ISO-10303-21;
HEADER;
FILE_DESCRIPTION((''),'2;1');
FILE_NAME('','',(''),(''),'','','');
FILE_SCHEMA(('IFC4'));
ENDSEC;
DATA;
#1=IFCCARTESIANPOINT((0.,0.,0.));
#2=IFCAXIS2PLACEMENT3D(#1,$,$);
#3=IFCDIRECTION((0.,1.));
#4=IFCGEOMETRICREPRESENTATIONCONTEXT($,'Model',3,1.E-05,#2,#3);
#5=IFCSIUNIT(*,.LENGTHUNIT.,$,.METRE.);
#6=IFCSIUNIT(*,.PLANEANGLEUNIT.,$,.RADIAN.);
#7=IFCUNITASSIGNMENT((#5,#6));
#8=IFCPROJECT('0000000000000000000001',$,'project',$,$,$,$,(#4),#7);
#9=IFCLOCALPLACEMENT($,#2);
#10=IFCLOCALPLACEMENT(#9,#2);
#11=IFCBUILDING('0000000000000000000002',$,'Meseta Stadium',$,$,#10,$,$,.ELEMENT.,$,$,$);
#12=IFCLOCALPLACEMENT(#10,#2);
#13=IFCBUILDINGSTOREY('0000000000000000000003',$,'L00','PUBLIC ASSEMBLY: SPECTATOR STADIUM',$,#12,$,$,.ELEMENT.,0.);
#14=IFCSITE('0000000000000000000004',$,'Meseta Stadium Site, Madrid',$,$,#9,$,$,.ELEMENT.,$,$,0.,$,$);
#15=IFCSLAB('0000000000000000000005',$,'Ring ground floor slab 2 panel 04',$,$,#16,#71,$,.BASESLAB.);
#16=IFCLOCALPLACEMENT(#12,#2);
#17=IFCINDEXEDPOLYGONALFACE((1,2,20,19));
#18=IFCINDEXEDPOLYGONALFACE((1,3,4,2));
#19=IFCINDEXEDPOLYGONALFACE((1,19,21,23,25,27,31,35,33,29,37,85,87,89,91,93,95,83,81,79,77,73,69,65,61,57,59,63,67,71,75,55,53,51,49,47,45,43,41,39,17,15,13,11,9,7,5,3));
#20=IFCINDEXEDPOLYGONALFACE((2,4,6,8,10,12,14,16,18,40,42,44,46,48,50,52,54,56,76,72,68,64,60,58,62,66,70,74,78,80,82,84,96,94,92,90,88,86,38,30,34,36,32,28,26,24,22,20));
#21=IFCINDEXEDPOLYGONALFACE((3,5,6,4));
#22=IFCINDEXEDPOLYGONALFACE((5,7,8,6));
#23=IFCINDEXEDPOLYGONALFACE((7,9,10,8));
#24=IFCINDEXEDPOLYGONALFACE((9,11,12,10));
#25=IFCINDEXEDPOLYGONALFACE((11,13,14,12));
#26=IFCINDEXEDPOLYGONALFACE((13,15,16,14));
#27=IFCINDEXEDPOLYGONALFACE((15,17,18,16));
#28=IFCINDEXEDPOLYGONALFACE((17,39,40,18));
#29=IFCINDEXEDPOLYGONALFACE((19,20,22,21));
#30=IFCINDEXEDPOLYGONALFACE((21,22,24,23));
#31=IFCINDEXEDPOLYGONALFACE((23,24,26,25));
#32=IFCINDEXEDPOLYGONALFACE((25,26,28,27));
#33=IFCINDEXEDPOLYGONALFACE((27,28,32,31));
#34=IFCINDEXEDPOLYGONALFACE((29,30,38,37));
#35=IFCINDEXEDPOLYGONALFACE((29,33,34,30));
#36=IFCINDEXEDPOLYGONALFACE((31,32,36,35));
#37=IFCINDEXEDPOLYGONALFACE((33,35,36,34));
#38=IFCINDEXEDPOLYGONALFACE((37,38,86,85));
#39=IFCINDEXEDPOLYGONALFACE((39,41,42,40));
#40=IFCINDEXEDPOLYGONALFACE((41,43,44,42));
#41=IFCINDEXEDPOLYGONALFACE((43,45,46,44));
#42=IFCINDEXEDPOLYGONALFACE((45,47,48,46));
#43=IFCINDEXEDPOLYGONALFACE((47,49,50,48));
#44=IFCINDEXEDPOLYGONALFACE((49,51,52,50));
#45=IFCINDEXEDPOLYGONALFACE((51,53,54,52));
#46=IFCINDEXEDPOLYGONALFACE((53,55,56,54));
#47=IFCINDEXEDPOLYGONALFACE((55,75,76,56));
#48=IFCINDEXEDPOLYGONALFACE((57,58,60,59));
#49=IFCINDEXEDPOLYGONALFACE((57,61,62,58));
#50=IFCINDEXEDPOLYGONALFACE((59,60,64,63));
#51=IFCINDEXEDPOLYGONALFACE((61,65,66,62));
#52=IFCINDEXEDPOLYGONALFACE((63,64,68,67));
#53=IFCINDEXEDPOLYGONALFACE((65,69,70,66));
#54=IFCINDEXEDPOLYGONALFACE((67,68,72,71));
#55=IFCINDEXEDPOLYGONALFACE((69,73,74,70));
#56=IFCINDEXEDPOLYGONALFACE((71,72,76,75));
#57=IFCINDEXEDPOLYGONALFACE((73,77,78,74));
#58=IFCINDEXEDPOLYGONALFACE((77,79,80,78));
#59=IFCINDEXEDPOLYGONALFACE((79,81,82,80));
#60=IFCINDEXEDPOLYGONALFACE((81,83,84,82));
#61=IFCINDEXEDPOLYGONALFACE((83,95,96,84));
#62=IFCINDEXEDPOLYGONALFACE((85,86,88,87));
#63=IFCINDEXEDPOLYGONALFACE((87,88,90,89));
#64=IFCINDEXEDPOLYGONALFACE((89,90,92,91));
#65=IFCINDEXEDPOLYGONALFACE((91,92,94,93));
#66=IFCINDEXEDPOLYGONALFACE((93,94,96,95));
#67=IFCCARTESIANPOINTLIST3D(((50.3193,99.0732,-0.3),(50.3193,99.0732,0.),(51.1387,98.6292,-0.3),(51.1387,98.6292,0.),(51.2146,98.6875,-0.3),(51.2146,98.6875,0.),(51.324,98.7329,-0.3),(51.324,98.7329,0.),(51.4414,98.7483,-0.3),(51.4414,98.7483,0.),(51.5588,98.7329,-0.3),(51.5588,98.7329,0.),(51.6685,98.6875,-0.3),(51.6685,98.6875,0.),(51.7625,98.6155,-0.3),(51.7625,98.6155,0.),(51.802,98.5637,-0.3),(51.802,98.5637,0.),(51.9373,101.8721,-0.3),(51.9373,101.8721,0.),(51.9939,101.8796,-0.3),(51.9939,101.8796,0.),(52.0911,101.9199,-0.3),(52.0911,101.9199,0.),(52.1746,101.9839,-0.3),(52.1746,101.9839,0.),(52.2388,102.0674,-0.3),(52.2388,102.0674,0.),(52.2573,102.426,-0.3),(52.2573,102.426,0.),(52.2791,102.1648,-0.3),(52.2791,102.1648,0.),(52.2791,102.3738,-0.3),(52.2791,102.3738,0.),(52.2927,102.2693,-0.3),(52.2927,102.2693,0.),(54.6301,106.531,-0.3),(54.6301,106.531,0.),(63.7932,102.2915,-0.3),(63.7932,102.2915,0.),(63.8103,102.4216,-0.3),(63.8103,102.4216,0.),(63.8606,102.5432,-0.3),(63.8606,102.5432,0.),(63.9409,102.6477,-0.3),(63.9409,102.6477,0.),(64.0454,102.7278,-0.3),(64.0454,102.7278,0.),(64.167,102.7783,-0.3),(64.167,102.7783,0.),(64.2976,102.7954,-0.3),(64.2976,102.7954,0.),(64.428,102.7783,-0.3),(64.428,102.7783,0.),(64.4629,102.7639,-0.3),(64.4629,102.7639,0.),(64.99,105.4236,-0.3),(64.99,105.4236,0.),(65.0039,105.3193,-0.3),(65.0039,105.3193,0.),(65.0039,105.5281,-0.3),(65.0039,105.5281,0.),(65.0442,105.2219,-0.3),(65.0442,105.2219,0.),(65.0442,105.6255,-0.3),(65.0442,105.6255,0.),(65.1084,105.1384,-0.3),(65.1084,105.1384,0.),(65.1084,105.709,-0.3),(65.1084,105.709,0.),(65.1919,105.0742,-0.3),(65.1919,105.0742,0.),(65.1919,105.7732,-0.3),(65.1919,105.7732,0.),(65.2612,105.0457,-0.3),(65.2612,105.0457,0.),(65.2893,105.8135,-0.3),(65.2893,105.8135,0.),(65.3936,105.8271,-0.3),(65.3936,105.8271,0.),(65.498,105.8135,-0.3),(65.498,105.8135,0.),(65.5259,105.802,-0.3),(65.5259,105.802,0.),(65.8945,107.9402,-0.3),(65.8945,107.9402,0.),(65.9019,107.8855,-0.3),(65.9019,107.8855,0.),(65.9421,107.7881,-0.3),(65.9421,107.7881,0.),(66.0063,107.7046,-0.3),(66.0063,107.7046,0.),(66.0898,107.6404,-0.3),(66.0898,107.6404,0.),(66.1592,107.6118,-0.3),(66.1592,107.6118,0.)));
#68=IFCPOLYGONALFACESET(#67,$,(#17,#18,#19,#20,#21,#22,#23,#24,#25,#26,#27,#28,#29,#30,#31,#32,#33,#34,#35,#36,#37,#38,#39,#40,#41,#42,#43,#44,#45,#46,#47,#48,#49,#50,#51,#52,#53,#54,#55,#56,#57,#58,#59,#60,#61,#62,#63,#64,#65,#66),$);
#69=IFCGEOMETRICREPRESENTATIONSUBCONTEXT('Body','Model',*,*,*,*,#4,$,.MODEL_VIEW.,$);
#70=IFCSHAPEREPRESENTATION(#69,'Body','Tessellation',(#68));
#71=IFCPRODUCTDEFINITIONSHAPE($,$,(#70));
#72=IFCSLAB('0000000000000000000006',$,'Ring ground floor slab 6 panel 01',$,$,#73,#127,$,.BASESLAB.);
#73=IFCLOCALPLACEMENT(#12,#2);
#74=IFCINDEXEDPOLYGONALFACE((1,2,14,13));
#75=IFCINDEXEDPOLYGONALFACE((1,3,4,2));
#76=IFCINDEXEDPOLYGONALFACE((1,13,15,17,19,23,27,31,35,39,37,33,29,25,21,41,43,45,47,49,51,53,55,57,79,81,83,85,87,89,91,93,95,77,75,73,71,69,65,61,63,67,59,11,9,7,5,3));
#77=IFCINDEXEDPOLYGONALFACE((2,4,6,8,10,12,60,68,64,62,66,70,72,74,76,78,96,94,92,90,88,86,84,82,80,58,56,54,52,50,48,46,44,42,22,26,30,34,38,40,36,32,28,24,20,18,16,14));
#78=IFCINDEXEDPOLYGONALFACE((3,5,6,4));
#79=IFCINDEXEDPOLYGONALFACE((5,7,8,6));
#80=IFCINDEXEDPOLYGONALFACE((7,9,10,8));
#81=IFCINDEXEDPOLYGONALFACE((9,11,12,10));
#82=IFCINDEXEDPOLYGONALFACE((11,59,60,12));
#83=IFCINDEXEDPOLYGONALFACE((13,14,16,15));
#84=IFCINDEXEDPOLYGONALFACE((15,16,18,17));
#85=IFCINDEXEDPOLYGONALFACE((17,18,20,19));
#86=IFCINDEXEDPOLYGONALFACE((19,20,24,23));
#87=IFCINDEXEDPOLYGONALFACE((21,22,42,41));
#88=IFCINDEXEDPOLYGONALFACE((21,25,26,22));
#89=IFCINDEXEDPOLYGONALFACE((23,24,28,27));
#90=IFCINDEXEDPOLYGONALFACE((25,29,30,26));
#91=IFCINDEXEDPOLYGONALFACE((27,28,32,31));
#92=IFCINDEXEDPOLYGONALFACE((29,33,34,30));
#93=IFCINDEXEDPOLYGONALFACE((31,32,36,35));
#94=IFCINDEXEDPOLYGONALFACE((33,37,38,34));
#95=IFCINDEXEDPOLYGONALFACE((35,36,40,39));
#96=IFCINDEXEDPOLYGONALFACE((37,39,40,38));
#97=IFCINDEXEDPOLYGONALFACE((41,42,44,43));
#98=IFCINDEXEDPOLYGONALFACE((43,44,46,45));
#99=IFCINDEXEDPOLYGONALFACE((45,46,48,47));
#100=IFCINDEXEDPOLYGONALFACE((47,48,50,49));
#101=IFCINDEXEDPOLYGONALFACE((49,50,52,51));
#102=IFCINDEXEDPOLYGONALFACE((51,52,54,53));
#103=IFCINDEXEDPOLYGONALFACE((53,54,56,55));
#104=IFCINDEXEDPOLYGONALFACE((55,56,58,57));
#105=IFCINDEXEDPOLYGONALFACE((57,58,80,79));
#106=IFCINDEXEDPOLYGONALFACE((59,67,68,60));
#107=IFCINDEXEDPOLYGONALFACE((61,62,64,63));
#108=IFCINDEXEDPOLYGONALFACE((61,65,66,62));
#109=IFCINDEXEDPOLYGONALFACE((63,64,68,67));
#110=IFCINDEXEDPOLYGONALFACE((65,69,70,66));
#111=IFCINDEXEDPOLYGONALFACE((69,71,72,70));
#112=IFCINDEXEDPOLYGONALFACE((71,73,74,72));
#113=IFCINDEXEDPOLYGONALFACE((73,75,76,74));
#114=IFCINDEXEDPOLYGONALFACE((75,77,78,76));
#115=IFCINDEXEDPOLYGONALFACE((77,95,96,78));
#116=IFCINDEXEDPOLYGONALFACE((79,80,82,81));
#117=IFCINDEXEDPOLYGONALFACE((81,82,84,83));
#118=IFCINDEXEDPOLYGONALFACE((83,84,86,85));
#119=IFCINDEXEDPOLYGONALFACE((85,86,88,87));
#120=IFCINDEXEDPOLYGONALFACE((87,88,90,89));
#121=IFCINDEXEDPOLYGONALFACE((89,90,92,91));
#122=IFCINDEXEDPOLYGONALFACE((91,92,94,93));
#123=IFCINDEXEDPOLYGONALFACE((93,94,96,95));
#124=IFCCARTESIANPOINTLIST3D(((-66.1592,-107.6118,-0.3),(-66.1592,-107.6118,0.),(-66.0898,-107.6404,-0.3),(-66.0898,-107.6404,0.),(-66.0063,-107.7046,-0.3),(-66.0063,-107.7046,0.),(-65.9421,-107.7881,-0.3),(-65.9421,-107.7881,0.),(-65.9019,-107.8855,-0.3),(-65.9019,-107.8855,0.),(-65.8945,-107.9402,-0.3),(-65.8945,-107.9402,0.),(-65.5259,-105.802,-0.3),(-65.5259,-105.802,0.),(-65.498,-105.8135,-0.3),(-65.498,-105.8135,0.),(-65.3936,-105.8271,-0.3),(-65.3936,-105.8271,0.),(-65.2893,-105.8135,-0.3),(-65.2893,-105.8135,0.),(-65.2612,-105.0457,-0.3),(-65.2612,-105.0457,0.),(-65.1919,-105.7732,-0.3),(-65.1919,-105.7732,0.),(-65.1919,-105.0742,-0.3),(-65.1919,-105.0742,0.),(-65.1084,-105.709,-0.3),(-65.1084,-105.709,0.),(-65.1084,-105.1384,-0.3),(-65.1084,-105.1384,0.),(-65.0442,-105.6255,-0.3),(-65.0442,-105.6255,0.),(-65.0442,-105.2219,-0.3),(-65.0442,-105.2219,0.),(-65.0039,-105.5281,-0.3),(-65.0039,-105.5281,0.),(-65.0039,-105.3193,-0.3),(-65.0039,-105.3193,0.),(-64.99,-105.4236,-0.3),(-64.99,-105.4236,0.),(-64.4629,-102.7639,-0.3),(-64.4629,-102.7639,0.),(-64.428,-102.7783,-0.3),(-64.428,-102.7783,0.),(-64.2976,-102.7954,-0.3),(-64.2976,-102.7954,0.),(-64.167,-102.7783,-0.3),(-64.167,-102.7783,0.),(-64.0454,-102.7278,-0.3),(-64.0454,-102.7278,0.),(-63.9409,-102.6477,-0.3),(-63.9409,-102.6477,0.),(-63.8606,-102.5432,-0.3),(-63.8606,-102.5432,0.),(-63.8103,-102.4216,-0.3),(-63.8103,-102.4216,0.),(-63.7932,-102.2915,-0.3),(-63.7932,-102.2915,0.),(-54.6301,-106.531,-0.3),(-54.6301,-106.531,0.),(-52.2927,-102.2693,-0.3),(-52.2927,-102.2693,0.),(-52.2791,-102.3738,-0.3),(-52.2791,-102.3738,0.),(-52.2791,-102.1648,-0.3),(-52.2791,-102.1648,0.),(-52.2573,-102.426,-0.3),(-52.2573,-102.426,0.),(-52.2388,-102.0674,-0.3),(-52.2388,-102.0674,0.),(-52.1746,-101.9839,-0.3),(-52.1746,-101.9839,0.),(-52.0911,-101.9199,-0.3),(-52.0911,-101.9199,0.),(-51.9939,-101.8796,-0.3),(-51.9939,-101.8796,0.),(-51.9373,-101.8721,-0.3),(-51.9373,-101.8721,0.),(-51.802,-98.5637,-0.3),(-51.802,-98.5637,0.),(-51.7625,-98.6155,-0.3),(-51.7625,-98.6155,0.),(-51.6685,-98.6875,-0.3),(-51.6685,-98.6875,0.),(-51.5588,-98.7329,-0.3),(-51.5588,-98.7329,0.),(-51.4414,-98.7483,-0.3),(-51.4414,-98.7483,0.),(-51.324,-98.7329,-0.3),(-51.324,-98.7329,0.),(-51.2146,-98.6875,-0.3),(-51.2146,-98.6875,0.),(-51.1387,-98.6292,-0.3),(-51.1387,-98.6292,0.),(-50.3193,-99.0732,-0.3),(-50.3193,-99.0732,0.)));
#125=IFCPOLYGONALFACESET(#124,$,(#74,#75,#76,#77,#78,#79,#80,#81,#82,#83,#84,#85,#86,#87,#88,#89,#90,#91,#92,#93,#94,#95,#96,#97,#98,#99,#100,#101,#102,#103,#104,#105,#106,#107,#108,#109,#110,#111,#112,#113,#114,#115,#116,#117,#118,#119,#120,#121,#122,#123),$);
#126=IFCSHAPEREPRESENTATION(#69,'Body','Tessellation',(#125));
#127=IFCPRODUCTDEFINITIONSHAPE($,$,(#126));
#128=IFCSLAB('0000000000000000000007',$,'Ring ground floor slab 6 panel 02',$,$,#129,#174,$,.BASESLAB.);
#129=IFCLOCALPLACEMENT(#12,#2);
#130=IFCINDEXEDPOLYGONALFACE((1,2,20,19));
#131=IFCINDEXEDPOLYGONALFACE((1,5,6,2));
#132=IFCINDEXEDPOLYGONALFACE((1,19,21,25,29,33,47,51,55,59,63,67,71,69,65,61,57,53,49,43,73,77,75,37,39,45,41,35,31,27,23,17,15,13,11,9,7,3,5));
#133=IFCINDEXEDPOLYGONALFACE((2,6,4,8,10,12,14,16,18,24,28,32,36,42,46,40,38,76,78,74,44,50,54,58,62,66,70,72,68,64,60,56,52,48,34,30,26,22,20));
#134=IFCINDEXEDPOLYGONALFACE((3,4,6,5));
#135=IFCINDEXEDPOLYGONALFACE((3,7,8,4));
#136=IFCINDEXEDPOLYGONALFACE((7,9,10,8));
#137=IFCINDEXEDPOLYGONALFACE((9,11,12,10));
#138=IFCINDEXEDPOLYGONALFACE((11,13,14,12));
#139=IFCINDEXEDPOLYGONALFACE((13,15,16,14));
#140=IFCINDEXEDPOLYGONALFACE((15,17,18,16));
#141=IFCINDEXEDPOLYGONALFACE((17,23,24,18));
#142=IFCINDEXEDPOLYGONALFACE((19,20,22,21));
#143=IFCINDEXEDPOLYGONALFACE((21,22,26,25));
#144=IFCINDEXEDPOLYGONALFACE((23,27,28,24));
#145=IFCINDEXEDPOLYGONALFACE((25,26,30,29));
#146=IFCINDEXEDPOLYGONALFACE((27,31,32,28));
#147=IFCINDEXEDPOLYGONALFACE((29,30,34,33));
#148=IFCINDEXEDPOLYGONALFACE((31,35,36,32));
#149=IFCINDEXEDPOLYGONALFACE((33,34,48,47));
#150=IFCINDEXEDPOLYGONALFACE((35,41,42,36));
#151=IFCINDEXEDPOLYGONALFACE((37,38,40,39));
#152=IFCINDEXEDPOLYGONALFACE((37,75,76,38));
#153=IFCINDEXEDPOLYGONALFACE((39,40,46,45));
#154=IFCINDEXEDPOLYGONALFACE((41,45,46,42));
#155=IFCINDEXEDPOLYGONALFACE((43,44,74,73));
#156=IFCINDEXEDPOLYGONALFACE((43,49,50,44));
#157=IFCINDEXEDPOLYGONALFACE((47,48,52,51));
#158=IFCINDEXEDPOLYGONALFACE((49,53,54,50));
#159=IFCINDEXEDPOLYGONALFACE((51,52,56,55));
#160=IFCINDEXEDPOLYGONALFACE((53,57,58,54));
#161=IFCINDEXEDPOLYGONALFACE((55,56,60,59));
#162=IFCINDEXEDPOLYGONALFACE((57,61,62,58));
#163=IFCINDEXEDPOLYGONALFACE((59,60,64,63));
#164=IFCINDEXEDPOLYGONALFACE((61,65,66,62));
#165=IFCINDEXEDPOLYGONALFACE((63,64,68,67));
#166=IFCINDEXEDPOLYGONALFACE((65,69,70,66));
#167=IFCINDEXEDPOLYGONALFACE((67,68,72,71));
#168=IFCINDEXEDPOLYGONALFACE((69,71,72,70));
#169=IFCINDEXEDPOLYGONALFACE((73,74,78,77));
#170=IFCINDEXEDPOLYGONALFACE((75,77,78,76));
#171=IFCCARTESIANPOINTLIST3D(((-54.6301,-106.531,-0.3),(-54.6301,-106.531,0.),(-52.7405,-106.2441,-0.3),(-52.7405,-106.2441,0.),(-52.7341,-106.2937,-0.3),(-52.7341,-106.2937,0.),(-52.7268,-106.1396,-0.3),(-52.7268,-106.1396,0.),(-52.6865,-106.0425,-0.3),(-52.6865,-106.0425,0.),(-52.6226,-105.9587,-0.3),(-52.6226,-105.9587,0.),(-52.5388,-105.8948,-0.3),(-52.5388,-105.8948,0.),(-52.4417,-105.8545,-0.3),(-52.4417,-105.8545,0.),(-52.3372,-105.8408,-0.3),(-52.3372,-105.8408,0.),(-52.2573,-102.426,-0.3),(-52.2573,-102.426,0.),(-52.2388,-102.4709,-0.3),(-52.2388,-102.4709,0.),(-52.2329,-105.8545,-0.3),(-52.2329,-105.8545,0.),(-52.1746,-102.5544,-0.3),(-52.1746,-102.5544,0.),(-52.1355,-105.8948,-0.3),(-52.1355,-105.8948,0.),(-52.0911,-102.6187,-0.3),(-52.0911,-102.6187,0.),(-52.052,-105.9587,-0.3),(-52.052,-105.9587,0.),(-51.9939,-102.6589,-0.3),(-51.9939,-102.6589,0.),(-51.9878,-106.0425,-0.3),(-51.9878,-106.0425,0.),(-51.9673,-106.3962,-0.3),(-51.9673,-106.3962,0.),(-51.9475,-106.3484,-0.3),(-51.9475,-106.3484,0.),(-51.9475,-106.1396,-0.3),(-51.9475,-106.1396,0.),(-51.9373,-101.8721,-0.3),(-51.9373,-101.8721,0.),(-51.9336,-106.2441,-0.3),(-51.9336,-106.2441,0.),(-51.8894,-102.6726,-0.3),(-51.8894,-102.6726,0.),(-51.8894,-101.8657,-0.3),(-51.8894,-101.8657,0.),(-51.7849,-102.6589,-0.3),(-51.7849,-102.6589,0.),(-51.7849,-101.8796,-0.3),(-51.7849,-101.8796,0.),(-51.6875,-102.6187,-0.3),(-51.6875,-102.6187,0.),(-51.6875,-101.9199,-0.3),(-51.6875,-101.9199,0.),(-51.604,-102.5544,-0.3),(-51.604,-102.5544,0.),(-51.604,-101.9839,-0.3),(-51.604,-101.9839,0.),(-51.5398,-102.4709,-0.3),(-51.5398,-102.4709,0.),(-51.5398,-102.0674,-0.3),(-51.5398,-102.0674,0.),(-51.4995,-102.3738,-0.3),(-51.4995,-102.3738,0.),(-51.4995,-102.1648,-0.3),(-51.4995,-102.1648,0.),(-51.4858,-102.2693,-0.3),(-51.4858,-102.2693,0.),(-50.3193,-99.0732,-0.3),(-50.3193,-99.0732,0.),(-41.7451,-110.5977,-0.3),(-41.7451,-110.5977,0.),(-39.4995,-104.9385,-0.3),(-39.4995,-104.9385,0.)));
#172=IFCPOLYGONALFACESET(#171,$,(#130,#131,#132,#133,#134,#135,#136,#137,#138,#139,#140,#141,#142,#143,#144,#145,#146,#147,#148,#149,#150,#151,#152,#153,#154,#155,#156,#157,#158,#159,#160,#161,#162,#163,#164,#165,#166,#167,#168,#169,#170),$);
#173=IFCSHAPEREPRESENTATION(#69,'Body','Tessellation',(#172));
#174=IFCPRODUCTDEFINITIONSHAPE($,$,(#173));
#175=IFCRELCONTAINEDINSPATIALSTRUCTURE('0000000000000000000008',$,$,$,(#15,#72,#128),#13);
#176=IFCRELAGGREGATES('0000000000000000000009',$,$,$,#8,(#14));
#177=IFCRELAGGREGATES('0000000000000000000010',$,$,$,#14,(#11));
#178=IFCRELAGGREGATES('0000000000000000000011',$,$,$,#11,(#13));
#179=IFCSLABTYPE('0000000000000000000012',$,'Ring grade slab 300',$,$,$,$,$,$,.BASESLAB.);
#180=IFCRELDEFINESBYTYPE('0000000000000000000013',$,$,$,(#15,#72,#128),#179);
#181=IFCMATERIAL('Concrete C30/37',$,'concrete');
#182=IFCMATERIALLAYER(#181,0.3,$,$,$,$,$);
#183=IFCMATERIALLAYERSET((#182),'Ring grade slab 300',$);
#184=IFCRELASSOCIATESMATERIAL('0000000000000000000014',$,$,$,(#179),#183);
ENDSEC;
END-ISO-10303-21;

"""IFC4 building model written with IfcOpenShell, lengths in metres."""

from ifc_helpers import new_model, si_unit, direction, frame, origin, place, context, subcontext, project, spatial, polyline, outline, extrude, material, layer, layer_set, type_object, element, save


model = new_model("IFC4")

# Units and contexts
model_context = context("Model", 3, precision=1e-05, world=origin(), true_north=direction((0.0, 1.0)))
body_context = subcontext(model_context, "Body", "Model", "MODEL_VIEW")
ifc_project = project(units=[si_unit("LENGTHUNIT", "METRE"), si_unit("PLANEANGLEUNIT", "RADIAN")], contexts=[model_context])

# Site, building, storey
site_placement = place(None, origin())
site = spatial("IfcSite", under=ifc_project, at=site_placement, Name="Meseta Stadium Site, Madrid", CompositionType="ELEMENT", RefElevation=0.0)
building_placement = place(site_placement, origin())
building = spatial("IfcBuilding", under=site, at=building_placement, Name="Meseta Stadium", CompositionType="ELEMENT")
storey_placement = place(building_placement, origin())
storey = spatial("IfcBuildingStorey", under=building, at=storey_placement, Name="L00", Description="PUBLIC ASSEMBLY: SPECTATOR STADIUM", CompositionType="ELEMENT", Elevation=0.0)

# Slabs
ifc_material_1 = material(Name="Concrete C30/37", Category="concrete")
ifc_layer_1 = layer(ifc_material_1, 0.3)
ifc_layer_set_1 = layer_set([ifc_layer_1], Name="Ring grade slab 300")
slab_type_1 = type_object("IfcSlabType", Name="Ring grade slab 300", PredefinedType="BASESLAB", material=ifc_layer_set_1)
slab_1_placement = place(storey_placement, frame((0.0, 0.0, -0.3)))
element("IfcSlab", 1, at=slab_1_placement, inside=storey, type_object=slab_type_1, Name="Ring ground floor slab 2 panel 04", PredefinedType="BASESLAB", context=body_context, shape_type="SweptSolid", body=[
    extrude(outline(polyline([(65.9019, 107.8855), (65.8945, 107.9402), (54.6301, 106.531), (52.2573, 102.426), (52.2791, 102.3738), (52.2927, 102.2693), (52.2791, 102.1648), (52.2388, 102.0674), (52.1746, 101.9839), (52.0911, 101.9199), (51.9939, 101.8796), (51.9373, 101.8721), (50.3193, 99.0732), (51.1387, 98.6292), (51.2146, 98.6875), (51.324, 98.7329), (51.4414, 98.7483), (51.5588, 98.7329), (51.6685, 98.6875), (51.7625, 98.6155), (51.802, 98.5637), (63.7932, 102.2915), (63.8103, 102.4216), (63.8606, 102.5432), (63.9409, 102.6477), (64.0454, 102.7278), (64.167, 102.7783), (64.2976, 102.7954), (64.428, 102.7783), (64.4629, 102.7639), (65.2612, 105.0457), (65.1919, 105.0742), (65.1084, 105.1384), (65.0442, 105.2219), (65.0039, 105.3193), (64.99, 105.4236), (65.0039, 105.5281), (65.0442, 105.6255), (65.1084, 105.709), (65.1919, 105.7732), (65.2893, 105.8135), (65.3936, 105.8271), (65.498, 105.8135), (65.5259, 105.802), (66.1592, 107.6118), (66.0898, 107.6404), (66.0063, 107.7046), (65.9421, 107.7881), (65.9019, 107.8855)])), origin(), (0.0, 0.0, 1.0), 0.3),
])
slab_2_placement = place(storey_placement, frame((0.0, 0.0, -0.3)))
element("IfcSlab", 2, at=slab_2_placement, inside=storey, type_object=slab_type_1, Name="Ring ground floor slab 6 panel 01", PredefinedType="BASESLAB", context=body_context, shape_type="SweptSolid", body=[
    extrude(outline(polyline([(-65.9019, -107.8855), (-65.8945, -107.9402), (-54.6301, -106.531), (-52.2573, -102.426), (-52.2791, -102.3738), (-52.2927, -102.2693), (-52.2791, -102.1648), (-52.2388, -102.0674), (-52.1746, -101.9839), (-52.0911, -101.9199), (-51.9939, -101.8796), (-51.9373, -101.8721), (-50.3193, -99.0732), (-51.1387, -98.6292), (-51.2146, -98.6875), (-51.324, -98.7329), (-51.4414, -98.7483), (-51.5588, -98.7329), (-51.6685, -98.6875), (-51.7625, -98.6155), (-51.802, -98.5637), (-63.7932, -102.2915), (-63.8103, -102.4216), (-63.8606, -102.5432), (-63.9409, -102.6477), (-64.0454, -102.7278), (-64.167, -102.7783), (-64.2976, -102.7954), (-64.428, -102.7783), (-64.4629, -102.7639), (-65.2612, -105.0457), (-65.1919, -105.0742), (-65.1084, -105.1384), (-65.0442, -105.2219), (-65.0039, -105.3193), (-64.99, -105.4236), (-65.0039, -105.5281), (-65.0442, -105.6255), (-65.1084, -105.709), (-65.1919, -105.7732), (-65.2893, -105.8135), (-65.3936, -105.8271), (-65.498, -105.8135), (-65.5259, -105.802), (-66.1592, -107.6118), (-66.0898, -107.6404), (-66.0063, -107.7046), (-65.9421, -107.7881), (-65.9019, -107.8855)])), origin(), (0.0, 0.0, 1.0), 0.3),
])
slab_3_placement = place(storey_placement, frame((0.0, 0.0, -0.3)))
element("IfcSlab", 3, at=slab_3_placement, inside=storey, type_object=slab_type_1, Name="Ring ground floor slab 6 panel 02", PredefinedType="BASESLAB", context=body_context, shape_type="SweptSolid", body=[
    extrude(outline(polyline([(-51.9475, -106.3484), (-51.9673, -106.3962), (-41.7451, -110.5977), (-39.4995, -104.9385), (-50.3193, -99.0732), (-51.9373, -101.8721), (-51.8894, -101.8657), (-51.7849, -101.8796), (-51.6875, -101.9199), (-51.604, -101.9839), (-51.5398, -102.0674), (-51.4995, -102.1648), (-51.4858, -102.2693), (-51.4995, -102.3738), (-51.5398, -102.4709), (-51.604, -102.5544), (-51.6875, -102.6187), (-51.7849, -102.6589), (-51.8894, -102.6726), (-51.9939, -102.6589), (-52.0911, -102.6187), (-52.1746, -102.5544), (-52.2388, -102.4709), (-52.2573, -102.426), (-54.6301, -106.531), (-52.7341, -106.2937), (-52.7405, -106.2441), (-52.7268, -106.1396), (-52.6865, -106.0425), (-52.6226, -105.9587), (-52.5388, -105.8948), (-52.4417, -105.8545), (-52.3372, -105.8408), (-52.2329, -105.8545), (-52.1355, -105.8948), (-52.052, -105.9587), (-51.9878, -106.0425), (-51.9475, -106.1396), (-51.9336, -106.2441), (-51.9475, -106.3484)])), origin(), (0.0, 0.0, 1.0), 0.3),
])

save(model, "model.ifc")
